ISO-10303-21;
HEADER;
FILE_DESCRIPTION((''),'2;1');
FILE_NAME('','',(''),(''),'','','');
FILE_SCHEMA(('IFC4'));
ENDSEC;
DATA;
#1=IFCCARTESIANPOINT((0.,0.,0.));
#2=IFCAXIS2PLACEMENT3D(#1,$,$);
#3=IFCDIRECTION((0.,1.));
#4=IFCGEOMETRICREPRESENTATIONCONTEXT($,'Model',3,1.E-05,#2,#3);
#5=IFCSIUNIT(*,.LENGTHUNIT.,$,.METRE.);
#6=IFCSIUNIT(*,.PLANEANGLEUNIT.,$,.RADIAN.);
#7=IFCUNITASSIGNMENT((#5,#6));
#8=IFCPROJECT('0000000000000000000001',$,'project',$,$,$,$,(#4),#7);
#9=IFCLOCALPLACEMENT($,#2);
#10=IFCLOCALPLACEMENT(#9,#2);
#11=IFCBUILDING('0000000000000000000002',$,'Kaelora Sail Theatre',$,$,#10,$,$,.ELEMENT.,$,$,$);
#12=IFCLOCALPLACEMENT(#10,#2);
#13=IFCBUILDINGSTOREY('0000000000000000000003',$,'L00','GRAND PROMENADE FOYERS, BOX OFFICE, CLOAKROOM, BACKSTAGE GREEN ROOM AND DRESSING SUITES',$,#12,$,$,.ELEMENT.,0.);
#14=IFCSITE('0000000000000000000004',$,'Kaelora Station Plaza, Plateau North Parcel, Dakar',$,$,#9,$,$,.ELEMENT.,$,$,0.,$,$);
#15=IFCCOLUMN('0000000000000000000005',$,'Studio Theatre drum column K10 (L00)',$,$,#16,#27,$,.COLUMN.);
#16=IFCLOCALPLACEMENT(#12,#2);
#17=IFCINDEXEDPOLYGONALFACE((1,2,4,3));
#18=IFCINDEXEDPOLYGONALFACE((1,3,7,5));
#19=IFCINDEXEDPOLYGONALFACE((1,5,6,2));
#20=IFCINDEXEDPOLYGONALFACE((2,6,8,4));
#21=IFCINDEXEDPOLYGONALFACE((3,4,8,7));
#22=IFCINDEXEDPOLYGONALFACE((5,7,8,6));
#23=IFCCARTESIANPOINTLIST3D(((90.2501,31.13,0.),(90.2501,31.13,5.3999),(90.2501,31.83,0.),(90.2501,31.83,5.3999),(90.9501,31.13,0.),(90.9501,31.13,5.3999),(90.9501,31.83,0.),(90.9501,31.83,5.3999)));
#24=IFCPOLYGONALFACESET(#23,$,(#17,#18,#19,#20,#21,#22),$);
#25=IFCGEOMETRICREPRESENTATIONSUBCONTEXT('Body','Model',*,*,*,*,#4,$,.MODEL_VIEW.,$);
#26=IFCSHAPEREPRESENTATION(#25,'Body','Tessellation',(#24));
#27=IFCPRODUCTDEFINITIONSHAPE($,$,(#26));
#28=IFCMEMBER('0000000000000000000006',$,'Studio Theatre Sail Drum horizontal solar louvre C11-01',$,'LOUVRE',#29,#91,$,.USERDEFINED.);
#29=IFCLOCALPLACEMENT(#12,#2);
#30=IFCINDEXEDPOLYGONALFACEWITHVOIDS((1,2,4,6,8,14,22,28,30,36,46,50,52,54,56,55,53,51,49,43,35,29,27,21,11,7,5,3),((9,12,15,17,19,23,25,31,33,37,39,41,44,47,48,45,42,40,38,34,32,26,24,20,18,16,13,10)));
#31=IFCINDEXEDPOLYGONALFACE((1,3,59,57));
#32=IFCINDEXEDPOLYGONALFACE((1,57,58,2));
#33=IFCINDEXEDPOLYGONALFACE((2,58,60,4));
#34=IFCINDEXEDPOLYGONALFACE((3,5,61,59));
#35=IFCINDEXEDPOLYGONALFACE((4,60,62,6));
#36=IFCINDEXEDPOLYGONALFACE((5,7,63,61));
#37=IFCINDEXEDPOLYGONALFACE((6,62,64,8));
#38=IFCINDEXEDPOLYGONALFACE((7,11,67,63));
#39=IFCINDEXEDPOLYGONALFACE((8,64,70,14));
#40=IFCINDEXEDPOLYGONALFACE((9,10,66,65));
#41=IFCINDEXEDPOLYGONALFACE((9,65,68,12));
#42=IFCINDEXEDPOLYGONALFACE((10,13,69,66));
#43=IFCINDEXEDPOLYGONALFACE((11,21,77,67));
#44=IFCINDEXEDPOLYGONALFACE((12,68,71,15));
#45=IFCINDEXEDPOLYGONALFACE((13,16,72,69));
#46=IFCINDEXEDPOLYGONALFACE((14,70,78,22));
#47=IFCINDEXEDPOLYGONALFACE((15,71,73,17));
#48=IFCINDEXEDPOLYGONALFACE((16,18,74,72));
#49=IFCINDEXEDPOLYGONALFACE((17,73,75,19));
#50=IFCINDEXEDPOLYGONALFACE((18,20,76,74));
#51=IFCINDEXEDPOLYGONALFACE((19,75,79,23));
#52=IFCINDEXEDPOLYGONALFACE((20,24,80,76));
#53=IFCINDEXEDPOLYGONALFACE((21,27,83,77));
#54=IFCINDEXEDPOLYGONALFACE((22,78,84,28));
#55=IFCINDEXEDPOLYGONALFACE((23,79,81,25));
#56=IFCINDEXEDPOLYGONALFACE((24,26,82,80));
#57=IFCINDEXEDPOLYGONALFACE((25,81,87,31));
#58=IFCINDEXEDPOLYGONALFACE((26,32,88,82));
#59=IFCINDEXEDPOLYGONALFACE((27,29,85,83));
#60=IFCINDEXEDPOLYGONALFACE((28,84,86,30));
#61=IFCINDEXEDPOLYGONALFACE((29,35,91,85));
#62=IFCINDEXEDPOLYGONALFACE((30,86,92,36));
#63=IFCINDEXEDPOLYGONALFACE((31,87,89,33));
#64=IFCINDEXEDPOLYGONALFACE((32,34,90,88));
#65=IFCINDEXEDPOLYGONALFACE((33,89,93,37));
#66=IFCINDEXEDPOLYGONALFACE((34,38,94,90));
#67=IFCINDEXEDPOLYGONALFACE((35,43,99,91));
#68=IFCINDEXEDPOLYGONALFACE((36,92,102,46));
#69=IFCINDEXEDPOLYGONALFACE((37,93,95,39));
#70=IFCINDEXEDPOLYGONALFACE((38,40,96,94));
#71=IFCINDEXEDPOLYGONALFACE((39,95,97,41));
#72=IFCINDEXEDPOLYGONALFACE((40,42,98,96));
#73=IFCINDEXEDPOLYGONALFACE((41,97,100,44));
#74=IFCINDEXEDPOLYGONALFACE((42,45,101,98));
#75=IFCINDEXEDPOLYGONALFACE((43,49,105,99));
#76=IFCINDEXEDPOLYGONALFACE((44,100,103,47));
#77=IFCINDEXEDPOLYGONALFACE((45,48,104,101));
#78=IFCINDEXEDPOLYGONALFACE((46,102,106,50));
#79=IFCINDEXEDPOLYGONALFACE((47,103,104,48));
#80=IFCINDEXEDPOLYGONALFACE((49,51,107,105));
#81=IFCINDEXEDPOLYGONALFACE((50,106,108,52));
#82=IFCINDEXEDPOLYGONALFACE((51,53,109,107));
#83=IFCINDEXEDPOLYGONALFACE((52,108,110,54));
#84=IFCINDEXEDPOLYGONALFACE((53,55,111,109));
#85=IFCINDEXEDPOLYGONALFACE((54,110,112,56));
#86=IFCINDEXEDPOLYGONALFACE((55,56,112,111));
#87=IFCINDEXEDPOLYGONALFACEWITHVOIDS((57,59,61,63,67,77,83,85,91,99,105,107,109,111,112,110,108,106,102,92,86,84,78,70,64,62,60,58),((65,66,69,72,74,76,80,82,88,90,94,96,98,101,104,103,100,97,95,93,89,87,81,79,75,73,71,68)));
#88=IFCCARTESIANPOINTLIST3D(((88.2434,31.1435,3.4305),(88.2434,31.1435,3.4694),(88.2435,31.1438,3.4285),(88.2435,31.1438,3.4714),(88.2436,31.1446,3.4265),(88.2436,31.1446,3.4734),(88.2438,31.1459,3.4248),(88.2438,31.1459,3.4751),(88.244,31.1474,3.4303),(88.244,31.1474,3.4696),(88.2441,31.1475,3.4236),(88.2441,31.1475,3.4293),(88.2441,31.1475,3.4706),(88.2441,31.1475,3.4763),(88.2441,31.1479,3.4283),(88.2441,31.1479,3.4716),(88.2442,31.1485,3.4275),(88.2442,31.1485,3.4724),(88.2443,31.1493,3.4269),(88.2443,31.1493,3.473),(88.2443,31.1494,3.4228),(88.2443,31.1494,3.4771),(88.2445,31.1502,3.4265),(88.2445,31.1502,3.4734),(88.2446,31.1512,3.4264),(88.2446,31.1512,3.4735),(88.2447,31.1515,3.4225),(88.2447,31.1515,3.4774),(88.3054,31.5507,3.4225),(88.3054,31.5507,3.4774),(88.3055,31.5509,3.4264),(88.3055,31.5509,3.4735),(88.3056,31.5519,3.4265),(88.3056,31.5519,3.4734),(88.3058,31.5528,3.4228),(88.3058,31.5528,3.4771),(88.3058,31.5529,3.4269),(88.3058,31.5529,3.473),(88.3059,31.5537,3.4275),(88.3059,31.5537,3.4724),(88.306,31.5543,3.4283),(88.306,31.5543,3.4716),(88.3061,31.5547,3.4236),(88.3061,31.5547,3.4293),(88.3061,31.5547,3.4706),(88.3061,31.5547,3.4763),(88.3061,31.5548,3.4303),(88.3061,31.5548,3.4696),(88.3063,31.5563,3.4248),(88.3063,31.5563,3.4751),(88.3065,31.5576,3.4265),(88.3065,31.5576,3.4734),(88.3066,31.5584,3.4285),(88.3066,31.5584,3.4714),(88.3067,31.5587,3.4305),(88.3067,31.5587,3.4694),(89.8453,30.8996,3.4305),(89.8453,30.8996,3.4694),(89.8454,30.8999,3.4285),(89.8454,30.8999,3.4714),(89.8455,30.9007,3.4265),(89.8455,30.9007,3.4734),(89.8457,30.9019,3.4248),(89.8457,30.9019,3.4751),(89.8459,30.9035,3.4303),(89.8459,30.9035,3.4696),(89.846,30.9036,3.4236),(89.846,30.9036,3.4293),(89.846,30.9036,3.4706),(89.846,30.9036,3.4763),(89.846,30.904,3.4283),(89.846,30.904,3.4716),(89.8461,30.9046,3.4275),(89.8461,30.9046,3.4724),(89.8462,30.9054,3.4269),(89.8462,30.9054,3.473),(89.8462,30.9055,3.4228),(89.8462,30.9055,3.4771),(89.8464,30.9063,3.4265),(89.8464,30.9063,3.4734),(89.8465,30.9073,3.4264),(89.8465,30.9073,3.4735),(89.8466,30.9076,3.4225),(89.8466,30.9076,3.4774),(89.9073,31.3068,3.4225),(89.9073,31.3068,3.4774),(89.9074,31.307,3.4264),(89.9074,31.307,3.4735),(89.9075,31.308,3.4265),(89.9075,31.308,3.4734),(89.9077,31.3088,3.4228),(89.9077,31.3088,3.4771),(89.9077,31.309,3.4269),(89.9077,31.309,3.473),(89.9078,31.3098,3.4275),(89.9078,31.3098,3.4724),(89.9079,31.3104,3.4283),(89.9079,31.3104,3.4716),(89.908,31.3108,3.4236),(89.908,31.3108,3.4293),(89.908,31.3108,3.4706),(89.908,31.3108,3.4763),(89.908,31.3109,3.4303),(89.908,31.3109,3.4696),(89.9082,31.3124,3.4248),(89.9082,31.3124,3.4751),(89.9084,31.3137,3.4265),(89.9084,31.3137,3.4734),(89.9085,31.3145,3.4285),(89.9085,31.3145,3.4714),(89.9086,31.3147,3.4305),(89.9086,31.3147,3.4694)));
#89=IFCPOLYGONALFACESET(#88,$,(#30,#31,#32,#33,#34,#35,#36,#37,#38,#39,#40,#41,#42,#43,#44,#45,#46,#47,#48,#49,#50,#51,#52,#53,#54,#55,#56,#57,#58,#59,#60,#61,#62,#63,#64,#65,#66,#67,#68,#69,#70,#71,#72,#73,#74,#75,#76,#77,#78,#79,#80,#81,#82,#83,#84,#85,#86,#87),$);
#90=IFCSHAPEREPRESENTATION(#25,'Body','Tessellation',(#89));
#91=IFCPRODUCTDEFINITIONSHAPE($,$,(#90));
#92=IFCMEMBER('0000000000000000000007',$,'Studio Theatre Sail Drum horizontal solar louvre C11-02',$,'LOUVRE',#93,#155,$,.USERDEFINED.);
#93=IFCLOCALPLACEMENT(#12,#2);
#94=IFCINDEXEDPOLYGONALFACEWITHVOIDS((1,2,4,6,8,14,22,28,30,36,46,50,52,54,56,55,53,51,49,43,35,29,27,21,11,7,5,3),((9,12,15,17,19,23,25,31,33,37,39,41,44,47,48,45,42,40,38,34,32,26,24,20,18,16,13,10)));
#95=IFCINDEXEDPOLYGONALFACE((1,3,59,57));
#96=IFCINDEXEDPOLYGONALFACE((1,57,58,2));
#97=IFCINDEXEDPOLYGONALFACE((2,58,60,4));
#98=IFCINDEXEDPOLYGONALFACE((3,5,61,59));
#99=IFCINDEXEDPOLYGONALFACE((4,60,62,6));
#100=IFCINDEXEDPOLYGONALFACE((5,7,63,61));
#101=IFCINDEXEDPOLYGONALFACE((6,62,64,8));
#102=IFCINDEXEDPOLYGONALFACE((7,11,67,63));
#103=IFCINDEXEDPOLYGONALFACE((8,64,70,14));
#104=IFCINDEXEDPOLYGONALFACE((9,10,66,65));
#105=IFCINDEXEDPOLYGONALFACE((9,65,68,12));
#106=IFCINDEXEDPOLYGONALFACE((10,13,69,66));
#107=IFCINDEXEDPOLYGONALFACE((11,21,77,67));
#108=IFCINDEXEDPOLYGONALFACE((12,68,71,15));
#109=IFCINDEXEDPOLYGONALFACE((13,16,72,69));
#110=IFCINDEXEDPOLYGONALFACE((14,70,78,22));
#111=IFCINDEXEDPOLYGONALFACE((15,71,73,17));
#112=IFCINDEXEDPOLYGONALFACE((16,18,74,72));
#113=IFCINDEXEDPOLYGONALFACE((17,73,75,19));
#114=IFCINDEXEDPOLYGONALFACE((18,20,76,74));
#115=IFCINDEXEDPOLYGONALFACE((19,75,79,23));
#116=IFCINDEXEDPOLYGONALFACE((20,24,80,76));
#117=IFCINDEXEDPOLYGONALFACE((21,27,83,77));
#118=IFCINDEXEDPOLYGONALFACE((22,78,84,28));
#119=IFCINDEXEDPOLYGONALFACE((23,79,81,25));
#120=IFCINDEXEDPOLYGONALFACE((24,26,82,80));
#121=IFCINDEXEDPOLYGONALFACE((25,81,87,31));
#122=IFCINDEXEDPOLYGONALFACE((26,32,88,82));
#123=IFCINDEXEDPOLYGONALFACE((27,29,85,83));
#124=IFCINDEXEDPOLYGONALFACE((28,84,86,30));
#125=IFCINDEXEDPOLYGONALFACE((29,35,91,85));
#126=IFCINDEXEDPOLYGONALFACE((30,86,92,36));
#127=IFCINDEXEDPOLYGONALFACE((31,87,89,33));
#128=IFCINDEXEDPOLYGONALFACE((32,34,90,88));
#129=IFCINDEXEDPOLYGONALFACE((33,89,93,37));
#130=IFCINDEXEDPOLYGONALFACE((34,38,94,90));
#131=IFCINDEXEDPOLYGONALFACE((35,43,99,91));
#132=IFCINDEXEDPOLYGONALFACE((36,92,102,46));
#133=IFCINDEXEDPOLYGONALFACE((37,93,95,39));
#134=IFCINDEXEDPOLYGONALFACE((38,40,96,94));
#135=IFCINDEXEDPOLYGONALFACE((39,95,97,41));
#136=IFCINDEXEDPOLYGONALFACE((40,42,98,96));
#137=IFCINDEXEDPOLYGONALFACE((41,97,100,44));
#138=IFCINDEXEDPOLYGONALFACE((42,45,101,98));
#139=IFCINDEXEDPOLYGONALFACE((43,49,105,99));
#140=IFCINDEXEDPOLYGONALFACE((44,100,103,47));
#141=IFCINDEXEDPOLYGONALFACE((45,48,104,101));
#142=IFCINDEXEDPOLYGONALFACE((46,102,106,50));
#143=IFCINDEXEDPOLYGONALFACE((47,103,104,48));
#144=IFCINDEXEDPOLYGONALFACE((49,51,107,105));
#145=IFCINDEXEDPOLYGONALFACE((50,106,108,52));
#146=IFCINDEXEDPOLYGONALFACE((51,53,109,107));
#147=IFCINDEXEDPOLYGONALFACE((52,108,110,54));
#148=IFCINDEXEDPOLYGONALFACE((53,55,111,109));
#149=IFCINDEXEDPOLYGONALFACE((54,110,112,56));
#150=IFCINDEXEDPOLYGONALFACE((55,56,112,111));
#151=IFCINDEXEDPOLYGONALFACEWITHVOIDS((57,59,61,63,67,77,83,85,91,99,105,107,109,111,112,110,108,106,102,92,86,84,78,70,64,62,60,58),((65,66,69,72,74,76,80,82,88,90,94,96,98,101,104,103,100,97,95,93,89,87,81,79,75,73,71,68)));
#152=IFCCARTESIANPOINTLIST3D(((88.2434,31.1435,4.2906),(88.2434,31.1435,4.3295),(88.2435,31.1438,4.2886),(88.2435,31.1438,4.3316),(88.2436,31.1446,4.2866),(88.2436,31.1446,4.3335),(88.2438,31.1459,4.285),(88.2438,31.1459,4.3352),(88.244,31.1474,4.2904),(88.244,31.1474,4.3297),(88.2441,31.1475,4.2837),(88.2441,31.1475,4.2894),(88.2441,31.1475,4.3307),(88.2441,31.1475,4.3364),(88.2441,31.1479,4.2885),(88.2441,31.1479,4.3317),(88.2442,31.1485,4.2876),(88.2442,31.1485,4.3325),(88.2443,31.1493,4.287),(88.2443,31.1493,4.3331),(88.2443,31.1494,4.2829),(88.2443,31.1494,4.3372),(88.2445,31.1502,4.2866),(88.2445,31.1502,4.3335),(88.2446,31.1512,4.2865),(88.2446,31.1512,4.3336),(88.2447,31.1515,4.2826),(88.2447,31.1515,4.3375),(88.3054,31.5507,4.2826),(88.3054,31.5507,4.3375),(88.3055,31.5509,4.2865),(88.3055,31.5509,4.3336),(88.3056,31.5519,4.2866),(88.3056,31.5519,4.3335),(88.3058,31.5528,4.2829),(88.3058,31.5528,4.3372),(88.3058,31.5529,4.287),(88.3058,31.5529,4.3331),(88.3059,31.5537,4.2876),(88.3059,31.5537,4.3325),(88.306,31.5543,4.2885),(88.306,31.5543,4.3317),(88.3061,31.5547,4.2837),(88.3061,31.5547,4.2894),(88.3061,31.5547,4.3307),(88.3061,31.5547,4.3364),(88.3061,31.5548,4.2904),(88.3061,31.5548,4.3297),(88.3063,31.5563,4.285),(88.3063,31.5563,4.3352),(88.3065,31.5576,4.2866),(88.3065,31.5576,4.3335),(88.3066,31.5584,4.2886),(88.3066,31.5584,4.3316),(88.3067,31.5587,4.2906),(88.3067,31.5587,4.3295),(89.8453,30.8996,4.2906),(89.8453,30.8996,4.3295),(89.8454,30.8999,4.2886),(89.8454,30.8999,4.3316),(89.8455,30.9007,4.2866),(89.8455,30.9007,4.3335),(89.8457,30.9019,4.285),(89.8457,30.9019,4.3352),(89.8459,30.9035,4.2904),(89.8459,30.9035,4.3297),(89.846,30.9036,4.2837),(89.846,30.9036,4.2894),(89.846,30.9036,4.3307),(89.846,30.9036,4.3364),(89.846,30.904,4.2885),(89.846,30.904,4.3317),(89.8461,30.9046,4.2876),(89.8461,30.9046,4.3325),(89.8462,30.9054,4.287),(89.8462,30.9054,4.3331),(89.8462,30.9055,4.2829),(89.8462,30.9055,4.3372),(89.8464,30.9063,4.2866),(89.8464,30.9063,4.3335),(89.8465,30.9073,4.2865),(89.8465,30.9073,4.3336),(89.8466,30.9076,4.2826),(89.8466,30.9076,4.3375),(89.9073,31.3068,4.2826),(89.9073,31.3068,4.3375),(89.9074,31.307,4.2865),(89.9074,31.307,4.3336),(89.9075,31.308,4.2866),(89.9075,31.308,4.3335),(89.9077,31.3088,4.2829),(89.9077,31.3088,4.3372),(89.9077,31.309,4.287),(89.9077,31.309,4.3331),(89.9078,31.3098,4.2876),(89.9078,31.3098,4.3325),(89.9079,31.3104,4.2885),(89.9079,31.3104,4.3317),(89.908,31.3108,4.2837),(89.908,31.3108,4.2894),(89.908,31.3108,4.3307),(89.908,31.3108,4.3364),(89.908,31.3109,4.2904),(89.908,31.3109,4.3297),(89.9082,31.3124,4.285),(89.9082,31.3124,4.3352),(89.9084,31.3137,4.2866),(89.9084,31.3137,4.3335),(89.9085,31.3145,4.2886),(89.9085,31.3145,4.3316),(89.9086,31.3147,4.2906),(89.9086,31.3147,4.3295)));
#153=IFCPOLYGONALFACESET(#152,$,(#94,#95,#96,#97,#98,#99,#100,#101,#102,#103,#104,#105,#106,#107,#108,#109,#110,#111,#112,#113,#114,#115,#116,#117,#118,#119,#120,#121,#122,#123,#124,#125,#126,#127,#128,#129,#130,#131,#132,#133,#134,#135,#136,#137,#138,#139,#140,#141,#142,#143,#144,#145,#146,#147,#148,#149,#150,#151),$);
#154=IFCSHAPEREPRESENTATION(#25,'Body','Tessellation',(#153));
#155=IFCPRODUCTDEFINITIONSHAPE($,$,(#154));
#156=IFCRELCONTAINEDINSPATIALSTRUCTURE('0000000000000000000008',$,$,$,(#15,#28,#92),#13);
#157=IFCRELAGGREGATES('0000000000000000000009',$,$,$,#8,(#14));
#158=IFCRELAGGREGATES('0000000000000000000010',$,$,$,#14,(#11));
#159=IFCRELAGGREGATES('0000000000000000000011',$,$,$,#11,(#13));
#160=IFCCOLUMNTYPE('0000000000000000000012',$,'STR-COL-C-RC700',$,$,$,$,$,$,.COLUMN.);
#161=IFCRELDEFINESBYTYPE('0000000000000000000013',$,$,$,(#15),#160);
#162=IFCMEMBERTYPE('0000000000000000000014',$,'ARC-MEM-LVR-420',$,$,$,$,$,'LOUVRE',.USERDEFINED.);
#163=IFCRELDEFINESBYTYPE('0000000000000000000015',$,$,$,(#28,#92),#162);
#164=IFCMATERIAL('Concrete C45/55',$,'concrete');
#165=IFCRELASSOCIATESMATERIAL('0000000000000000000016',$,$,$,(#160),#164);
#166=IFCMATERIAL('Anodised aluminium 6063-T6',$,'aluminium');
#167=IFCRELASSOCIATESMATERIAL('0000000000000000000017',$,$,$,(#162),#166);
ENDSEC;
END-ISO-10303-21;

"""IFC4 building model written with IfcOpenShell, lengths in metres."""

from ifc_helpers import new_model, si_unit, direction, frame, origin, origin_2d, place, context, subcontext, project, spatial, rectangle, hollow_rectangle, extrude, material, material_profile, profile_set, type_object, element, save


model = new_model("IFC4")

# Units and contexts
model_context = context("Model", 3, precision=1e-05, world=origin(), true_north=direction((0.0, 1.0)))
body_context = subcontext(model_context, "Body", "Model", "MODEL_VIEW")
ifc_project = project(units=[si_unit("LENGTHUNIT", "METRE"), si_unit("PLANEANGLEUNIT", "RADIAN")], contexts=[model_context])

# Site, building, storey
site_placement = place(None, origin())
site = spatial("IfcSite", under=ifc_project, at=site_placement, Name="Kaelora Station Plaza, Plateau North Parcel, Dakar", CompositionType="ELEMENT", RefElevation=0.0)
building_placement = place(site_placement, origin())
building = spatial("IfcBuilding", under=site, at=building_placement, Name="Kaelora Sail Theatre", CompositionType="ELEMENT")
storey_placement = place(building_placement, origin())
storey = spatial("IfcBuildingStorey", under=building, at=storey_placement, Name="L00", Description="GRAND PROMENADE FOYERS, BOX OFFICE, CLOAKROOM, BACKSTAGE GREEN ROOM AND DRESSING SUITES", CompositionType="ELEMENT", Elevation=0.0)

# Column
ifc_material_1 = material(Name="Concrete C45/55", Category="concrete")
ifc_material_profile_1 = material_profile(ifc_material_1, rectangle(XDim=0.7, YDim=0.7, at=origin_2d()), Name="RC-COL 700x700")
ifc_profile_set_1 = profile_set([ifc_material_profile_1], Name="Concrete C45/55")
column_type = type_object("IfcColumnType", Name="STR-COL-C-RC700", PredefinedType="COLUMN", material=ifc_profile_set_1)
column_placement = place(storey_placement, frame((90.6001, 31.48, 0.0), z_axis=(0.0, 0.0, 1.0), x_axis=(1.0, 0.0, 0.0)))
element("IfcColumn", 1, at=column_placement, inside=storey, type_object=column_type, Name="Studio Theatre drum column K10 (L00)", PredefinedType="COLUMN", context=body_context, shape_type="SweptSolid", body=[
    extrude(rectangle(XDim=0.7, YDim=0.7, at=origin_2d()), origin(), (0.0, 0.0, 1.0), 5.3999),
])

# Members
ifc_material_2 = material(Name="Anodised aluminium 6063-T6", Category="aluminium")
ifc_material_profile_2 = material_profile(ifc_material_2, hollow_rectangle(XDim=0.4199, YDim=0.0549, WallThickness=0.0039, InnerFilletRadius=0.0039, OuterFilletRadius=0.0081, at=origin_2d()), Name="LOUVRE 420x55x4")
ifc_profile_set_2 = profile_set([ifc_material_profile_2], Name="Anodised aluminium 6063-T6")
member_type_1 = type_object("IfcMemberType", Name="ARC-MEM-LVR-420", ElementType="LOUVRE", PredefinedType="USERDEFINED", material=ifc_profile_set_2)
for number, where, z_axis, x_axis, name in (
    (2, (89.877, 31.1072, 3.45), (-0.988606, 0.150528, 0.0), (-0.150528, -0.988606, 0.0), "Studio Theatre Sail Drum horizontal solar louvre C11-01"),
    (3, (89.877, 31.1072, 4.3101), (-0.988606, 0.150528, 0.0), (-0.150528, -0.988606, 0.0), "Studio Theatre Sail Drum horizontal solar louvre C11-02"),
):
    element("IfcMember", number, at=place(storey_placement, frame(where, z_axis=z_axis, x_axis=x_axis)), inside=storey, type_object=member_type_1, Name=name, ObjectType="LOUVRE", PredefinedType="USERDEFINED", context=body_context, shape_type="SweptSolid", body=[
        extrude(hollow_rectangle(XDim=0.4199, YDim=0.0549, WallThickness=0.0039, InnerFilletRadius=0.0039, OuterFilletRadius=0.0081, at=origin_2d()), origin(), (0.0, 0.0, 1.0), 1.6204),
    ])

save(model, "model.ifc")
